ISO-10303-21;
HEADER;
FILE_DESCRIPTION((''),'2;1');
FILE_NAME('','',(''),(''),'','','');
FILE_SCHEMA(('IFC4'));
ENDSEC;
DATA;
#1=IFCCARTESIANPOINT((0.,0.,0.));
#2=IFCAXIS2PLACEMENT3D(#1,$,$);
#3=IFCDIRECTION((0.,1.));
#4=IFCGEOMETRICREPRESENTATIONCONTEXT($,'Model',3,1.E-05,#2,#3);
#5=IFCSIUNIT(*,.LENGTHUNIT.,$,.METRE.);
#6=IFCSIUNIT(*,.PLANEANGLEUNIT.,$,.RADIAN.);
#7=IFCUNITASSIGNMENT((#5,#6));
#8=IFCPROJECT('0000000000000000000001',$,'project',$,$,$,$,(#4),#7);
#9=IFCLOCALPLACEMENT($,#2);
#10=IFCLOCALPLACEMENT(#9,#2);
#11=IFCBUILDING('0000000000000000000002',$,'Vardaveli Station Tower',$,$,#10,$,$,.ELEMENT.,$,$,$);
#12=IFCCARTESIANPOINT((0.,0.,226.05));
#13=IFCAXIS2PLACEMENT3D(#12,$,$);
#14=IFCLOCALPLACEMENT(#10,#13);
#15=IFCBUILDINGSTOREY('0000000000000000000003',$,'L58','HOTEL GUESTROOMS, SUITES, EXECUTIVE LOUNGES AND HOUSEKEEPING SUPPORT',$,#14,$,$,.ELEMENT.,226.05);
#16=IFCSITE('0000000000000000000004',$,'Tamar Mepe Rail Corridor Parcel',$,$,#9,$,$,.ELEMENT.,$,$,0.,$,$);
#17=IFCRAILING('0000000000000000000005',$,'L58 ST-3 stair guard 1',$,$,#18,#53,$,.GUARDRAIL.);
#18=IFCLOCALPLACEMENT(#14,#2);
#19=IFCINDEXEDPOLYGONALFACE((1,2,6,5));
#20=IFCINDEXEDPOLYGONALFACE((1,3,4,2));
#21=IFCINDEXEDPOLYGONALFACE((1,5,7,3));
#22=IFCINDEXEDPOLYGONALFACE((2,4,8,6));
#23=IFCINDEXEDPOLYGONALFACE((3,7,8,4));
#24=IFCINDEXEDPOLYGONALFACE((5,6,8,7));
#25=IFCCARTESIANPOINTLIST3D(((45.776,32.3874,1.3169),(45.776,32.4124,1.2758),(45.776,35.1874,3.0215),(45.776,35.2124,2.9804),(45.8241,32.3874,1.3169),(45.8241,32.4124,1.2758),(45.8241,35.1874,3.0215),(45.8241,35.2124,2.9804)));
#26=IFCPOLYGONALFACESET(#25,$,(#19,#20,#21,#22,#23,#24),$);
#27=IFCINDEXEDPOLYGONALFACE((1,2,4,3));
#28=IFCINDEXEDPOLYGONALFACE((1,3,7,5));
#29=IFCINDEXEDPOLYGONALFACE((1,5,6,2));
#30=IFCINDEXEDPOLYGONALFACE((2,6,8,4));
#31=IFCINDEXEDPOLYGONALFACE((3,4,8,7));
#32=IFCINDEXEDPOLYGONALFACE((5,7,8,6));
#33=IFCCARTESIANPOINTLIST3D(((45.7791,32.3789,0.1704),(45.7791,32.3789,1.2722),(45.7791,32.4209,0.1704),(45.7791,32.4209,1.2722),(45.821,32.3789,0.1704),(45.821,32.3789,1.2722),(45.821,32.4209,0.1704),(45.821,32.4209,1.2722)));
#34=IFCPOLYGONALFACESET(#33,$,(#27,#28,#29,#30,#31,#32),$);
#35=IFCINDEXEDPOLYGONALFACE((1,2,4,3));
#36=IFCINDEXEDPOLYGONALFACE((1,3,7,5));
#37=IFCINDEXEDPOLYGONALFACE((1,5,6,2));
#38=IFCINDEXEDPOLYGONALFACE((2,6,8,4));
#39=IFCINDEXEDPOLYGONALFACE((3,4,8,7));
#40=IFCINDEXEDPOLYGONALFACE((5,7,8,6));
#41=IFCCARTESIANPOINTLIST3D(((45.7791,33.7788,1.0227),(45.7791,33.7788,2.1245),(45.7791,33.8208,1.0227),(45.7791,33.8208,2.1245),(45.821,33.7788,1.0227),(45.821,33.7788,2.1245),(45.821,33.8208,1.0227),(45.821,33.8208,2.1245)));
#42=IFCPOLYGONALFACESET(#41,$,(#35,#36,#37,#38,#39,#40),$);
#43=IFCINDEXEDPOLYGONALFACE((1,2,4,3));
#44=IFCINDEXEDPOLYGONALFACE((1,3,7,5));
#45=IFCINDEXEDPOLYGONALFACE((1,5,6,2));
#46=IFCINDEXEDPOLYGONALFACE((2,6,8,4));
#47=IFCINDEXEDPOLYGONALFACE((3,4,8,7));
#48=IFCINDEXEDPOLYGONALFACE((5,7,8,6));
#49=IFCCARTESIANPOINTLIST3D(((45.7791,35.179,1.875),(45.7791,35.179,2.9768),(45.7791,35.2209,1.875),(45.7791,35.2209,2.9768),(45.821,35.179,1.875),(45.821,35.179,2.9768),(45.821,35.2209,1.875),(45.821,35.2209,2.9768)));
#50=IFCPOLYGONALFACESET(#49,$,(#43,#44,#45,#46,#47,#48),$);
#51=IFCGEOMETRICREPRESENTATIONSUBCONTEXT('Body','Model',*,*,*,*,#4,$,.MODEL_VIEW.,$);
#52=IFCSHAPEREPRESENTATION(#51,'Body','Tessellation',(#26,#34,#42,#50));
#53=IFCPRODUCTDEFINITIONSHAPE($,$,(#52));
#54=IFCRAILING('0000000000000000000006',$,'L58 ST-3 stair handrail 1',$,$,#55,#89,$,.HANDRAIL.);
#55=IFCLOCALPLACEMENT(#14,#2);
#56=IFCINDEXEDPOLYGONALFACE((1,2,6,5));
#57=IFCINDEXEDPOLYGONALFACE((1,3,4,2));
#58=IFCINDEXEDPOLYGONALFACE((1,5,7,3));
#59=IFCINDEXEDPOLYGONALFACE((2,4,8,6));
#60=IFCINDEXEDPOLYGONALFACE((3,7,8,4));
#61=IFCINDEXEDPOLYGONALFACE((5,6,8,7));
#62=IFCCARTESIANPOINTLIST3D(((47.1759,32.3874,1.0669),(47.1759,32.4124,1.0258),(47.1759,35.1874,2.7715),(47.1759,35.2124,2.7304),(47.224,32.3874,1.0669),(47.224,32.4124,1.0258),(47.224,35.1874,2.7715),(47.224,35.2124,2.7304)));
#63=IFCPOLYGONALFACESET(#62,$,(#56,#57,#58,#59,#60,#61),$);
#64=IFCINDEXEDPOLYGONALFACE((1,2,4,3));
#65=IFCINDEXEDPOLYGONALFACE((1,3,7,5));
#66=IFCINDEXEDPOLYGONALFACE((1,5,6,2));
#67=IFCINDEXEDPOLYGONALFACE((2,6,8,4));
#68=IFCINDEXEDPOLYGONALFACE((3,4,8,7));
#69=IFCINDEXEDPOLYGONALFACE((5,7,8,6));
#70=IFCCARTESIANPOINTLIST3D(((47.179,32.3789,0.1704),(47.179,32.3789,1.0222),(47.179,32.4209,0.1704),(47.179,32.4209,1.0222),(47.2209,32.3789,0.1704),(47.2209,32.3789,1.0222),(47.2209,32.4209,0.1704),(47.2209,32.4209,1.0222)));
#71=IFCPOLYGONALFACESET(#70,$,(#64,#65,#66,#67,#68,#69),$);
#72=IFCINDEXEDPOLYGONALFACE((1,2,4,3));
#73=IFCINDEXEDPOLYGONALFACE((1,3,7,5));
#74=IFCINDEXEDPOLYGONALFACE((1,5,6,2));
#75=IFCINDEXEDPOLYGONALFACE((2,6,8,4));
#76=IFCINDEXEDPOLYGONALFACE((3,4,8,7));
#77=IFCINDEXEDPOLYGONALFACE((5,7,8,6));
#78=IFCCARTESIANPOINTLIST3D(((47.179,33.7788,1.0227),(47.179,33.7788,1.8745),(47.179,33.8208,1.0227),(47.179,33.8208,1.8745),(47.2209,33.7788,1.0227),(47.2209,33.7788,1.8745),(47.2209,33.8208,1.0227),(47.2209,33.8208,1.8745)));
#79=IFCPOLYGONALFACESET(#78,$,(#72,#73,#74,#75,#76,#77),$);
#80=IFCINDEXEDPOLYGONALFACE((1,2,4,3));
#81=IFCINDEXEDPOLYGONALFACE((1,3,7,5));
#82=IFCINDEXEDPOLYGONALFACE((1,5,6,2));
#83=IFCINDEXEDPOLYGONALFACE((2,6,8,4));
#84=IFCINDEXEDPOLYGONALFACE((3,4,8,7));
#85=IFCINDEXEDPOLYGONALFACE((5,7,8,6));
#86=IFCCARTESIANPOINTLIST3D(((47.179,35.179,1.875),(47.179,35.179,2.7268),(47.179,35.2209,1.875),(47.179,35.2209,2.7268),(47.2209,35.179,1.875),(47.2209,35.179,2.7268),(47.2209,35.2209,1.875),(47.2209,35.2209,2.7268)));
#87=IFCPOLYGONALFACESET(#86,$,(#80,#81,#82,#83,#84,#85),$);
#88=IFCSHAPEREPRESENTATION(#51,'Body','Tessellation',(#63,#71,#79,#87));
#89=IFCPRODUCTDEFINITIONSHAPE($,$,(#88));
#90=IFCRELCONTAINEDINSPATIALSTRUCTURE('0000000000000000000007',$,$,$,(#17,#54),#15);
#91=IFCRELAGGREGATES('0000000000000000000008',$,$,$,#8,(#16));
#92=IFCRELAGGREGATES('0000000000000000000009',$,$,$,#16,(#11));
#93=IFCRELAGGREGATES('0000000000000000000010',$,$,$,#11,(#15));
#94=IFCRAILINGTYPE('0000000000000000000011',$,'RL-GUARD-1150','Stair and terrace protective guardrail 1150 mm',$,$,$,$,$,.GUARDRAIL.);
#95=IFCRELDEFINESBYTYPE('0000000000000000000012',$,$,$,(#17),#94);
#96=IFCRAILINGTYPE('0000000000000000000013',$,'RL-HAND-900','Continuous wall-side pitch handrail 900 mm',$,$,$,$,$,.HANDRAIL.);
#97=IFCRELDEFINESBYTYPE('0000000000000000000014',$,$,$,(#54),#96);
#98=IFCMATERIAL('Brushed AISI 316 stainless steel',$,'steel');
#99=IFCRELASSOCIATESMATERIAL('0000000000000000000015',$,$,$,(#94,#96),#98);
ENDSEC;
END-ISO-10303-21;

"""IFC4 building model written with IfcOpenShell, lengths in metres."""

from ifc_helpers import new_model, si_unit, direction, frame, origin, origin_2d, place, context, subcontext, project, spatial, rectangle, extrude, source, transform, mapped, material, type_object, element, save


model = new_model("IFC4")

# Units and contexts
model_context = context("Model", 3, precision=1e-05, world=origin(), true_north=direction((0.0, 1.0)))
body_context = subcontext(model_context, "Body", "Model", "MODEL_VIEW")
ifc_project = project(units=[si_unit("LENGTHUNIT", "METRE"), si_unit("PLANEANGLEUNIT", "RADIAN")], contexts=[model_context])

# Site, building, storey
site_placement = place(None, origin())
site = spatial("IfcSite", under=ifc_project, at=site_placement, Name="Tamar Mepe Rail Corridor Parcel", CompositionType="ELEMENT", RefElevation=0.0)
building_placement = place(site_placement, origin())
building = spatial("IfcBuilding", under=site, at=building_placement, Name="Vardaveli Station Tower", CompositionType="ELEMENT")
storey_placement = place(building_placement, frame((0.0, 0.0, 226.05)))
storey = spatial("IfcBuildingStorey", under=building, at=storey_placement, Name="L58", Description="HOTEL GUESTROOMS, SUITES, EXECUTIVE LOUNGES AND HOUSEKEEPING SUPPORT", CompositionType="ELEMENT", Elevation=226.05)

# Railings
ifc_material_1 = material(Name="Brushed AISI 316 stainless steel", Category="steel")
railing_type_1 = type_object("IfcRailingType", Name="RL-GUARD-1150", Description="Stair and terrace protective guardrail 1150 mm", PredefinedType="GUARDRAIL", material=ifc_material_1)
shared_shape_1 = source(origin(), body_context, "Body", "SweptSolid", [
    extrude(rectangle(XDim=0.0481, YDim=0.0481, at=origin_2d()), frame((0.0, 0.0, 1.126), z_axis=(0.0, 0.85417, 0.519994), x_axis=(-1.0, 0.0, 0.0)), (0.0, 0.0, 1.0), 3.2781),
    extrude(rectangle(XDim=0.042, YDim=0.042, at=origin_2d()), origin(), (0.0, 0.0, 1.0), 1.1018),
    extrude(rectangle(XDim=0.042, YDim=0.042, at=origin_2d()), frame((0.0, 1.3999, 0.8523)), (0.0, 0.0, 1.0), 1.1018),
    extrude(rectangle(XDim=0.042, YDim=0.042, at=origin_2d()), frame((0.0, 2.8, 1.7046)), (0.0, 0.0, 1.0), 1.1018),
])
railing_1_placement = place(storey_placement, frame((45.8, 32.3999, 0.1704)))
element("IfcRailing", 1, at=railing_1_placement, inside=storey, type_object=railing_type_1, Name="L58 ST-3 stair guard 1", PredefinedType="GUARDRAIL", context=body_context, shape_type="MappedRepresentation", body=[
    mapped(shared_shape_1, transform((0.0, 0.0, 0.0), scale=1.0)),
])
railing_type_2 = type_object("IfcRailingType", Name="RL-HAND-900", Description="Continuous wall-side pitch handrail 900 mm", PredefinedType="HANDRAIL", material=ifc_material_1)
shared_shape_2 = source(origin(), body_context, "Body", "SweptSolid", [
    extrude(rectangle(XDim=0.0481, YDim=0.0481, at=origin_2d()), frame((0.0, 0.0, 0.876), z_axis=(0.0, 0.85417, 0.519994), x_axis=(-1.0, 0.0, 0.0)), (0.0, 0.0, 1.0), 3.2781),
    extrude(rectangle(XDim=0.042, YDim=0.042, at=origin_2d()), origin(), (0.0, 0.0, 1.0), 0.8518),
    extrude(rectangle(XDim=0.042, YDim=0.042, at=origin_2d()), frame((0.0, 1.3999, 0.8523)), (0.0, 0.0, 1.0), 0.8518),
    extrude(rectangle(XDim=0.042, YDim=0.042, at=origin_2d()), frame((0.0, 2.8, 1.7046)), (0.0, 0.0, 1.0), 0.8518),
])
railing_2_placement = place(storey_placement, frame((47.2, 32.3999, 0.1704)))
element("IfcRailing", 2, at=railing_2_placement, inside=storey, type_object=railing_type_2, Name="L58 ST-3 stair handrail 1", PredefinedType="HANDRAIL", context=body_context, shape_type="MappedRepresentation", body=[
    mapped(shared_shape_2, transform((0.0, 0.0, 0.0), scale=1.0)),
])

save(model, "model.ifc")
